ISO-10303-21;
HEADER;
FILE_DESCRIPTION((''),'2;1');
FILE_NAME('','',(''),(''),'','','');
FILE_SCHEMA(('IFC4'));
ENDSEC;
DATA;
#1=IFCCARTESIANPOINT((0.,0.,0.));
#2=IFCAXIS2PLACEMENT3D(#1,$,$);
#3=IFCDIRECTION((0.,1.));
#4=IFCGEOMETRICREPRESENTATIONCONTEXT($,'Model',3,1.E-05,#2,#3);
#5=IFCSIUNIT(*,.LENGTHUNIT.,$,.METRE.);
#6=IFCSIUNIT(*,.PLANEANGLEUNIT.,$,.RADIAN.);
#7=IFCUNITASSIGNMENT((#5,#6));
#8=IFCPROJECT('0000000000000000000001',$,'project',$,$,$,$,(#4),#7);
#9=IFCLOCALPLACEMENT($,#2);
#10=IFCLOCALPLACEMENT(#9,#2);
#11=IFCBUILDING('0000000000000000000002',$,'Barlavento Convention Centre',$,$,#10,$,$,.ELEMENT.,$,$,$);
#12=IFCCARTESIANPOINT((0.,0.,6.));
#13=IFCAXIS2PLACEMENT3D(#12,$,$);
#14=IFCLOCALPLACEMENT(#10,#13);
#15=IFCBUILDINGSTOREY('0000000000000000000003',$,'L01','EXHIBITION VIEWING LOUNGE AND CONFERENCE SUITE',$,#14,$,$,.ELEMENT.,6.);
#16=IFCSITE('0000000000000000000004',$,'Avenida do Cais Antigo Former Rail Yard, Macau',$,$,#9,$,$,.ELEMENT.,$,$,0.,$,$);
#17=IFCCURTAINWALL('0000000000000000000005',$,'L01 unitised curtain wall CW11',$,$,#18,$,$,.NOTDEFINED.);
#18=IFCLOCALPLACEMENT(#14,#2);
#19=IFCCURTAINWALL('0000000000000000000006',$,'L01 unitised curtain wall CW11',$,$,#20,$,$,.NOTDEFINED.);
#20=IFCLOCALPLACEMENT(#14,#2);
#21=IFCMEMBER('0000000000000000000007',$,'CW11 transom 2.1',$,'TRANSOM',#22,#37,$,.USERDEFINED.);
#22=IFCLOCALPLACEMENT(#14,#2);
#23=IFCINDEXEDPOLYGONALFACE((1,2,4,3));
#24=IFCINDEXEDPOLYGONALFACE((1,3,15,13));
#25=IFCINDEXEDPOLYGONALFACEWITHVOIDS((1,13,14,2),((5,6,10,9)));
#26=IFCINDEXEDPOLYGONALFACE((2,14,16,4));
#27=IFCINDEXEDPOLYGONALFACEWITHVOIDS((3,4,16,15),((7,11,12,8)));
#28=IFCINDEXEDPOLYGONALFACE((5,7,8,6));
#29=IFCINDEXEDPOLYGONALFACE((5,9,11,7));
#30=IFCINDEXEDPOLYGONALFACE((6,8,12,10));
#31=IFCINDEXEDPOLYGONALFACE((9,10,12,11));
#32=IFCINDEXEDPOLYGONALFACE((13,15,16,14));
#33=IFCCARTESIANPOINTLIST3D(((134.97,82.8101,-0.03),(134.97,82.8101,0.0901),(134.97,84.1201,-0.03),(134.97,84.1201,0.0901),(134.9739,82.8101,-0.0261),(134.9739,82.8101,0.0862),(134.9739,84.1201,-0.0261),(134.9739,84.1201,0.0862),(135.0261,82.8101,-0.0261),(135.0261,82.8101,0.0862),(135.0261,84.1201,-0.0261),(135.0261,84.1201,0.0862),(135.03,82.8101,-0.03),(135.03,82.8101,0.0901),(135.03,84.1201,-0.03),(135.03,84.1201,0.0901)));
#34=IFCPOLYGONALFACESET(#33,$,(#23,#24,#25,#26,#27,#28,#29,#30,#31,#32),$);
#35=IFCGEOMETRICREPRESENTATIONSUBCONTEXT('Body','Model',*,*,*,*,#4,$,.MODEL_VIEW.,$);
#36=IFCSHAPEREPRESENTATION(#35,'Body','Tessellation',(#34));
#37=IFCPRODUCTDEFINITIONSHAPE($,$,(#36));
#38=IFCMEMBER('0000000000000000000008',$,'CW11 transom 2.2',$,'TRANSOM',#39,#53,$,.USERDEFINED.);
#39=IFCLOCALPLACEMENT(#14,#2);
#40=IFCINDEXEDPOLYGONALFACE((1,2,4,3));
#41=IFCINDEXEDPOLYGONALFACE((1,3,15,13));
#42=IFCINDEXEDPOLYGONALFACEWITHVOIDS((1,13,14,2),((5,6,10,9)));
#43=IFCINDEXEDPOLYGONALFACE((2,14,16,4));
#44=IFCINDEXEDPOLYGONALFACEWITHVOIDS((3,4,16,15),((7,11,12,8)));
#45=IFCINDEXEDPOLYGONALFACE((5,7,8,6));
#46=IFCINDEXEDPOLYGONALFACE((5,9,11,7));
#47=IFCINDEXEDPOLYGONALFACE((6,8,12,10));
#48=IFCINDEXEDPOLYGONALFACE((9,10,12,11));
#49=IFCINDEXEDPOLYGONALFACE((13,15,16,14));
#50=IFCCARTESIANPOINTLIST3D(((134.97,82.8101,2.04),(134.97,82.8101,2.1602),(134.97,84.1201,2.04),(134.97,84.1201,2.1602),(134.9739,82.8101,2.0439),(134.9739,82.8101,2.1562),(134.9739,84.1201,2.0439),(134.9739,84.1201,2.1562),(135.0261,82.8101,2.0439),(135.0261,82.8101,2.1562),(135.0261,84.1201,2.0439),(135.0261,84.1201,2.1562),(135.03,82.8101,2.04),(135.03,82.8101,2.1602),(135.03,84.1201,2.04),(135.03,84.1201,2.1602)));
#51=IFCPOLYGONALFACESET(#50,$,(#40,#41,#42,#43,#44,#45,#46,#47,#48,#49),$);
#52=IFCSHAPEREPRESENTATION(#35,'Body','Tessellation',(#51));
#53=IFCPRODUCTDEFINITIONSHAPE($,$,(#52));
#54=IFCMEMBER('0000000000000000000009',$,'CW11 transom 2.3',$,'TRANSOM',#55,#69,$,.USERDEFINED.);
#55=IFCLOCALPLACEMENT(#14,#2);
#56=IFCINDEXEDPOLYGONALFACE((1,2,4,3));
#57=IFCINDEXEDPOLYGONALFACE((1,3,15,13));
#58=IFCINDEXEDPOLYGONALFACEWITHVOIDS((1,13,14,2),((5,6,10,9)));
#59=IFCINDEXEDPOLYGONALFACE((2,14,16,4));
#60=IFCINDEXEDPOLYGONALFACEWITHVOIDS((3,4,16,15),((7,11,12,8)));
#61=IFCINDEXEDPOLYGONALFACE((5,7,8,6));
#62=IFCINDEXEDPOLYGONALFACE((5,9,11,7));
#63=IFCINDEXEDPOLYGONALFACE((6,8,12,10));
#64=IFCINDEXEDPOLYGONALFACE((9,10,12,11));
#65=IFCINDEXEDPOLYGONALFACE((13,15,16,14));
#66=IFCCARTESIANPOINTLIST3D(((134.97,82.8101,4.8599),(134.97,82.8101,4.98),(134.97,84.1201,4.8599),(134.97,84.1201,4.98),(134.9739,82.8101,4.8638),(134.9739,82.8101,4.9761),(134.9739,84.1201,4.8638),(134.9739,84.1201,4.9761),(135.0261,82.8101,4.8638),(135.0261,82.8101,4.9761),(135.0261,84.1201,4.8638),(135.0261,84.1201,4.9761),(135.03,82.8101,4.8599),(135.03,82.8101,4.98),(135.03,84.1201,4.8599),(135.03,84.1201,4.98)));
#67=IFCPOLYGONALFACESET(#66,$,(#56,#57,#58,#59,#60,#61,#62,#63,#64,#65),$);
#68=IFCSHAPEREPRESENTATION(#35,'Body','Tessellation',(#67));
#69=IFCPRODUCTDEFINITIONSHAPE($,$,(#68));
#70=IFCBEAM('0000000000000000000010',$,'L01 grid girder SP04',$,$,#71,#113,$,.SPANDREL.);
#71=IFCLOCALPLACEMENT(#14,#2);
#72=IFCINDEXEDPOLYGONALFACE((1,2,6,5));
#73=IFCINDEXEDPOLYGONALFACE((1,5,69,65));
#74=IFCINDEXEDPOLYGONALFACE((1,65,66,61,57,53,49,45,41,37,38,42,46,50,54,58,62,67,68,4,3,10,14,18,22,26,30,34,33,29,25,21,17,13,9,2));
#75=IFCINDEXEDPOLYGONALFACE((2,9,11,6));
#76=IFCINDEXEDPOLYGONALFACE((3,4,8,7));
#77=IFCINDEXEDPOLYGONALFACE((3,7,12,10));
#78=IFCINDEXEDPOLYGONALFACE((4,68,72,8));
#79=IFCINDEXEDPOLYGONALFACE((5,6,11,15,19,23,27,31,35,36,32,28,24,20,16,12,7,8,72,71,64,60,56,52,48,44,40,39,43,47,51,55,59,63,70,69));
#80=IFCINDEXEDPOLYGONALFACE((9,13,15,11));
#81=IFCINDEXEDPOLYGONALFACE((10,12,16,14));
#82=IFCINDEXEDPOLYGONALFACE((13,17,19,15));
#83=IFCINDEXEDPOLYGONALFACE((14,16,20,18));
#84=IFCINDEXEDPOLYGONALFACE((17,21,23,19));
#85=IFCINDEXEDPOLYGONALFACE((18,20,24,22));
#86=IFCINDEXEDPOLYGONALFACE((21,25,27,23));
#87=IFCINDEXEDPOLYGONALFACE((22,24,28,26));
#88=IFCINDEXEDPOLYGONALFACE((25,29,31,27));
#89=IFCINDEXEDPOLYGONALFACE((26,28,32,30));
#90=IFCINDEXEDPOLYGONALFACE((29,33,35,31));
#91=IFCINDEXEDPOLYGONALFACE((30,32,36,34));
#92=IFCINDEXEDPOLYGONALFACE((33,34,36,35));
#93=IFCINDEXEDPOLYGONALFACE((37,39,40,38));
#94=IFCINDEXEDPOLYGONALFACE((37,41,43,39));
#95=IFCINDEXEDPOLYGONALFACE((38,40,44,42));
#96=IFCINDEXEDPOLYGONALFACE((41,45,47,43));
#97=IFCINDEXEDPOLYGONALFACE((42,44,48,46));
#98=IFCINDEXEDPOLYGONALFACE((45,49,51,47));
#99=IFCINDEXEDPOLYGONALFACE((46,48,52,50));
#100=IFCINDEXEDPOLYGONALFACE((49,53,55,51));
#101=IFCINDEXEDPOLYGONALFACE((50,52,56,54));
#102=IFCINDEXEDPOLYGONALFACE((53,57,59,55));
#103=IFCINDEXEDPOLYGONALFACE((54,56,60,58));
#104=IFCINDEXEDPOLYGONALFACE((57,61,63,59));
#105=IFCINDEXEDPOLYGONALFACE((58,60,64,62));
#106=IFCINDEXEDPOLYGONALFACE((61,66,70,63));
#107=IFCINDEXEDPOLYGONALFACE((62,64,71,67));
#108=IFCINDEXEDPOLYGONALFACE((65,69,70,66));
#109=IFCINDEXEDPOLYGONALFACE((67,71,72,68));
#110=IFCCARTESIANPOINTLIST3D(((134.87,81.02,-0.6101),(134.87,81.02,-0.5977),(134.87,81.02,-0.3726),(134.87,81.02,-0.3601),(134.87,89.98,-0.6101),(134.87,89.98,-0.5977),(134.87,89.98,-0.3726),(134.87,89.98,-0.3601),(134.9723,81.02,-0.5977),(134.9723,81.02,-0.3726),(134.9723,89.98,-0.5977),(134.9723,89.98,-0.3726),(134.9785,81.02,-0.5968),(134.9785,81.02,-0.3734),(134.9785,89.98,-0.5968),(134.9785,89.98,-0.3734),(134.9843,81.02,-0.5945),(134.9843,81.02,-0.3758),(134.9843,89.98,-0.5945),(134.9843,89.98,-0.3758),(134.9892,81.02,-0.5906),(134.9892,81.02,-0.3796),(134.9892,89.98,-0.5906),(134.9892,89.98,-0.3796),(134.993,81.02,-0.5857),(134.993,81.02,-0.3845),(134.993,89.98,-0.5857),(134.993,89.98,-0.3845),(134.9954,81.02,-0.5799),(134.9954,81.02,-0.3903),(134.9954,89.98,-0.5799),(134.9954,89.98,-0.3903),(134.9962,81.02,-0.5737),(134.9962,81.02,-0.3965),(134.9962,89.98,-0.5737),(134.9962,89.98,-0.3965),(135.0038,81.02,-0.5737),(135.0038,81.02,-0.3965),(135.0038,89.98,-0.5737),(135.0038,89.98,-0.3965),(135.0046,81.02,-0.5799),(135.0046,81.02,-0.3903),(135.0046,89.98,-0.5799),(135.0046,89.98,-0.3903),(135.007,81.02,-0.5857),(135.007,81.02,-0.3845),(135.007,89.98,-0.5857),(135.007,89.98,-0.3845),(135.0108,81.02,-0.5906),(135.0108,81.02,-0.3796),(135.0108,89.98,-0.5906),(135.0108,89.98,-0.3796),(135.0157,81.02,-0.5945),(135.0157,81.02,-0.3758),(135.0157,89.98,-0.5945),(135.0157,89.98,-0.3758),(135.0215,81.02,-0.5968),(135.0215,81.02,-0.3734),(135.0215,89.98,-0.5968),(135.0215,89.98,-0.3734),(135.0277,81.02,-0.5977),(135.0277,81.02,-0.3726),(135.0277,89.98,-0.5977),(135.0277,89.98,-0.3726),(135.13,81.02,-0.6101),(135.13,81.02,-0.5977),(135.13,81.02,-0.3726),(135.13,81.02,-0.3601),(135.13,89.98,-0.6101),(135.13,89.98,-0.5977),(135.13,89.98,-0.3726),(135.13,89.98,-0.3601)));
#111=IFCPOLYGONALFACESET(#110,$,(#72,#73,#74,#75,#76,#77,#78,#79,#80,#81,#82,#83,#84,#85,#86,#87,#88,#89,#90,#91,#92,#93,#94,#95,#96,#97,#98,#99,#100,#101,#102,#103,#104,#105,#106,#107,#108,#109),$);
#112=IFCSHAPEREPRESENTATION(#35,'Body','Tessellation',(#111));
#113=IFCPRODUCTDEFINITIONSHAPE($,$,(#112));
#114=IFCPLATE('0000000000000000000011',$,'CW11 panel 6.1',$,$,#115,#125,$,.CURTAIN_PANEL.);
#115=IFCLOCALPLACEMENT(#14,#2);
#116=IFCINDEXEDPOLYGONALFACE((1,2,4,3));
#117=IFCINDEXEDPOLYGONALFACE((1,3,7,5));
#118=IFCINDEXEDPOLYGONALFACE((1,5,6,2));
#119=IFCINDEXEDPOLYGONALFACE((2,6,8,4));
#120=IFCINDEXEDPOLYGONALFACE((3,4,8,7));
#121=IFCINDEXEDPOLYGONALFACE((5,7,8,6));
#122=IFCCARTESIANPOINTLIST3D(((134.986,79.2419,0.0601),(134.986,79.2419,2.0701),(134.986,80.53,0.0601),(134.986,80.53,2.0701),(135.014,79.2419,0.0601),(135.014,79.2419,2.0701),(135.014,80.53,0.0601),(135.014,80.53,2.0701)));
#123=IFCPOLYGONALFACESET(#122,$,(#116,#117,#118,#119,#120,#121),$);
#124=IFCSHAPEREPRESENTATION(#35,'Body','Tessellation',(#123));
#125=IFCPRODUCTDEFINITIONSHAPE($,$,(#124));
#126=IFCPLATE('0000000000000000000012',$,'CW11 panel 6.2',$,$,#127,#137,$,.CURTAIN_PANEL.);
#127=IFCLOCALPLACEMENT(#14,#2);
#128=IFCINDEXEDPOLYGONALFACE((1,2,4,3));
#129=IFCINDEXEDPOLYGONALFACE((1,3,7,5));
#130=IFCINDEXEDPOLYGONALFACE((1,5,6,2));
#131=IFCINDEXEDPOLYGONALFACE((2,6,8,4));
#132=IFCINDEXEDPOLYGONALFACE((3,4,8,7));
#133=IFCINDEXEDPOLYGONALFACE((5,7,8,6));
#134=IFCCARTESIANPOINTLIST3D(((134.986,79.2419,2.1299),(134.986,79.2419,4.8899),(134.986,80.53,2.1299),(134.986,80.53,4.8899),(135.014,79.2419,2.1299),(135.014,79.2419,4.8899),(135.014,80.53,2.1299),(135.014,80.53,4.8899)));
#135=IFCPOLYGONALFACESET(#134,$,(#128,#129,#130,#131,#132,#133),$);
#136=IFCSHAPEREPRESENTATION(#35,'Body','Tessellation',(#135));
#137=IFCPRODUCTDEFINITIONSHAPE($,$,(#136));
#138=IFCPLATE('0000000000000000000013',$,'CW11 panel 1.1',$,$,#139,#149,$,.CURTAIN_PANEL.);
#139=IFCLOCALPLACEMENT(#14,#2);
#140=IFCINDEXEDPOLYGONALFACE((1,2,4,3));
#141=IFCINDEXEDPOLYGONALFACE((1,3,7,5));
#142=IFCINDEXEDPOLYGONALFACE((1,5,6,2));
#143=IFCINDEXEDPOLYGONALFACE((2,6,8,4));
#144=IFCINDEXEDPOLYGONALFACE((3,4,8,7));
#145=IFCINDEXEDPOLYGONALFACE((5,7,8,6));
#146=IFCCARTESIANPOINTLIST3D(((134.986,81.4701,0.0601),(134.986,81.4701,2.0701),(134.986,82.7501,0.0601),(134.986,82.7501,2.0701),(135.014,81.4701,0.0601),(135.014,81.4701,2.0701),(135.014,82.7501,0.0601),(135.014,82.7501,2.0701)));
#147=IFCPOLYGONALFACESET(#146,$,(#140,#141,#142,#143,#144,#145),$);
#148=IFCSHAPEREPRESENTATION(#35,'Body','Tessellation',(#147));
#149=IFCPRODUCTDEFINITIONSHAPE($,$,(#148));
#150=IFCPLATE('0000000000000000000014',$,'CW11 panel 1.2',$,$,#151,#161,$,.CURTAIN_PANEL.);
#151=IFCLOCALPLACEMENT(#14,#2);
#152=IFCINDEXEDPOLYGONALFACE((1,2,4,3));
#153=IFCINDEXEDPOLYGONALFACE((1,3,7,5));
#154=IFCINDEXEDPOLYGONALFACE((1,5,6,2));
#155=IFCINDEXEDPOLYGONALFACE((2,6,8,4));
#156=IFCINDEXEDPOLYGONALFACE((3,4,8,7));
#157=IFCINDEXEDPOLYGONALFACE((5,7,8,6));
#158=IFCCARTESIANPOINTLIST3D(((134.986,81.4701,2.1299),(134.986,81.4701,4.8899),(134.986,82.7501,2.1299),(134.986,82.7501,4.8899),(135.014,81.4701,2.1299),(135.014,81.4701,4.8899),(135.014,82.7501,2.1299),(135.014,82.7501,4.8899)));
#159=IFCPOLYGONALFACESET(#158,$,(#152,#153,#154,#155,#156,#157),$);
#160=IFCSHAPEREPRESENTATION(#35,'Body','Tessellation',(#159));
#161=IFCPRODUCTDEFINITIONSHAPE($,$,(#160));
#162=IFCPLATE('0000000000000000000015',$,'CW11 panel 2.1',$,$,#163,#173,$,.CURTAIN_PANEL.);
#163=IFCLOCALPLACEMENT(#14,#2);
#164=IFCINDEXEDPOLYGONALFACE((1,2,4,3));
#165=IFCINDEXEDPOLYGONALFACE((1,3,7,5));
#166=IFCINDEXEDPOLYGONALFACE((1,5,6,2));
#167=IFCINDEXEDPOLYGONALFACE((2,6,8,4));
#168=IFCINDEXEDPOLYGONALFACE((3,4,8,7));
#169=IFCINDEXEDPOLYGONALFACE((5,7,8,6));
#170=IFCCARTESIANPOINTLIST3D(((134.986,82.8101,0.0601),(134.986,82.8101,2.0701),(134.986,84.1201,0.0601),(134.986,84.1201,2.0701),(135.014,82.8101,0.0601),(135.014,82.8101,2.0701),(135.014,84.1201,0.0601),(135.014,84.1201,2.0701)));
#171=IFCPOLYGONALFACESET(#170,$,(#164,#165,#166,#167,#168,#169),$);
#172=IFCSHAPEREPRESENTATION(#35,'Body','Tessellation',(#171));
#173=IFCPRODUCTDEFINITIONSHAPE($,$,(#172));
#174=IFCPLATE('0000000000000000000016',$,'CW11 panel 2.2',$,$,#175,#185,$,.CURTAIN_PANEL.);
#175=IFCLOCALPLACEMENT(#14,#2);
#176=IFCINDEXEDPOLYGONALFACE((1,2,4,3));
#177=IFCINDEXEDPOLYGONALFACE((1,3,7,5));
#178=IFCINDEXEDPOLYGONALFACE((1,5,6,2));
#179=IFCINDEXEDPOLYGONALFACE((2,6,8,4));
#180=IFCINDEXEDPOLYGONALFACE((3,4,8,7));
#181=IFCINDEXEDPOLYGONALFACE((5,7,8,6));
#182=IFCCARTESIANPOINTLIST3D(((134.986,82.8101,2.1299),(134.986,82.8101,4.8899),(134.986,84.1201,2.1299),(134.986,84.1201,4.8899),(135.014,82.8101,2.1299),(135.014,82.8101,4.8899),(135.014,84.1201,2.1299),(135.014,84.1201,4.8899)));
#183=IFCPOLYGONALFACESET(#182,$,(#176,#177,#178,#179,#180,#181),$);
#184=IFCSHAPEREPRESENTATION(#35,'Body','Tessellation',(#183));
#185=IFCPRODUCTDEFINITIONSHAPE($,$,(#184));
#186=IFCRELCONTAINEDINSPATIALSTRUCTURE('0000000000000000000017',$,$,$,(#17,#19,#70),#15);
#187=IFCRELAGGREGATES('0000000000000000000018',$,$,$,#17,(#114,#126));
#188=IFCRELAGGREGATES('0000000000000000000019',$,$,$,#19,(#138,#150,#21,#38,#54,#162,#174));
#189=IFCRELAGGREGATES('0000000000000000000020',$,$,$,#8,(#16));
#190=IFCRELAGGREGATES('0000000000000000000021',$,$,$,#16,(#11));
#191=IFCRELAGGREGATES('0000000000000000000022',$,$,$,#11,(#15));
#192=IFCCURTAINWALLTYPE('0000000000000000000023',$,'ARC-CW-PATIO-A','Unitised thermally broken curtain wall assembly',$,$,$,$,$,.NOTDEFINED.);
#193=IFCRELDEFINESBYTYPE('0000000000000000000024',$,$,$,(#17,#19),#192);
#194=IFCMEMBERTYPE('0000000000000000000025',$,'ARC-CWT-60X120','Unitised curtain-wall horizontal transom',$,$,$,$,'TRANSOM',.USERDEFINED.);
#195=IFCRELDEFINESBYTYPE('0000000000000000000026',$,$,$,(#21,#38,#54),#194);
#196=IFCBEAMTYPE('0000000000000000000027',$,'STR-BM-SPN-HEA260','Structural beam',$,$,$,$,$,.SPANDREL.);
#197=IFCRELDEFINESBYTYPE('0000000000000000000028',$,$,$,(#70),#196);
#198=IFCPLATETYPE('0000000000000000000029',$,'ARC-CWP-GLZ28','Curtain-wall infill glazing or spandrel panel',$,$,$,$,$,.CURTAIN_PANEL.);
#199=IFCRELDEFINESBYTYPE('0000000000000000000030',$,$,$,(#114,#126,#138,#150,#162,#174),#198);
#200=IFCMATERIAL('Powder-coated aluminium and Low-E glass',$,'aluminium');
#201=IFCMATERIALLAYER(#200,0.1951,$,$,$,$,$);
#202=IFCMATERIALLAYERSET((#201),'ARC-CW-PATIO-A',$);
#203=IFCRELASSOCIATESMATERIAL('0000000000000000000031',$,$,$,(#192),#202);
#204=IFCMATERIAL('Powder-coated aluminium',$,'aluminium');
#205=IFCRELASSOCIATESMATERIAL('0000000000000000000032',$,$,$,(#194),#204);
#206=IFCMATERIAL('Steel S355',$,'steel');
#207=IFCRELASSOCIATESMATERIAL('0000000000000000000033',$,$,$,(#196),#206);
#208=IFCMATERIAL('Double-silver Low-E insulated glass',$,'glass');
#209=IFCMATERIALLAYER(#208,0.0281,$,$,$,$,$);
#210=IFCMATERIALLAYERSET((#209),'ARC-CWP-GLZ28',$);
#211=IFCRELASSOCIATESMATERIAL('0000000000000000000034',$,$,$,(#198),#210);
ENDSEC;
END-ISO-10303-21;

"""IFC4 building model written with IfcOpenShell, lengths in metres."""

from ifc_helpers import new_model, si_unit, direction, frame, origin, origin_2d, place, context, subcontext, project, spatial, rectangle, hollow_rectangle, i_section, extrude, material, layer, layer_set, material_profile, profile_set, type_object, element, aggregate, save


model = new_model("IFC4")

# Units and contexts
model_context = context("Model", 3, precision=1e-05, world=origin(), true_north=direction((0.0, 1.0)))
body_context = subcontext(model_context, "Body", "Model", "MODEL_VIEW")
ifc_project = project(units=[si_unit("LENGTHUNIT", "METRE"), si_unit("PLANEANGLEUNIT", "RADIAN")], contexts=[model_context])

# Site, building, storey
site_placement = place(None, origin())
site = spatial("IfcSite", under=ifc_project, at=site_placement, Name="Avenida do Cais Antigo Former Rail Yard, Macau", CompositionType="ELEMENT", RefElevation=0.0)
building_placement = place(site_placement, origin())
building = spatial("IfcBuilding", under=site, at=building_placement, Name="Barlavento Convention Centre", CompositionType="ELEMENT")
storey_placement = place(building_placement, frame((0.0, 0.0, 6.0)))
storey = spatial("IfcBuildingStorey", under=building, at=storey_placement, Name="L01", Description="EXHIBITION VIEWING LOUNGE AND CONFERENCE SUITE", CompositionType="ELEMENT", Elevation=6.0)

# Curtain walls
ifc_material_1 = material(Name="Powder-coated aluminium and Low-E glass", Category="aluminium")
ifc_layer_1 = layer(ifc_material_1, 0.1951)
ifc_layer_set_1 = layer_set([ifc_layer_1], Name="ARC-CW-PATIO-A")
curtain_wall_type = type_object("IfcCurtainWallType", Name="ARC-CW-PATIO-A", Description="Unitised thermally broken curtain wall assembly", PredefinedType="NOTDEFINED", material=ifc_layer_set_1)
curtain_wall_1_placement = place(storey_placement, origin())
curtain_wall_1 = element("IfcCurtainWall", 1, at=curtain_wall_1_placement, inside=storey, type_object=curtain_wall_type, Name="L01 unitised curtain wall CW11", PredefinedType="NOTDEFINED")
ifc_material_2 = material(Name="Powder-coated aluminium", Category="aluminium")
curtain_wall_2_placement = place(storey_placement, origin())
curtain_wall_2 = element("IfcCurtainWall", 2, at=curtain_wall_2_placement, inside=storey, type_object=curtain_wall_type, Name="L01 unitised curtain wall CW11", PredefinedType="NOTDEFINED")

# Members
ifc_material_profile_1 = material_profile(ifc_material_2, hollow_rectangle(XDim=0.0601, YDim=0.1201, WallThickness=0.0039, at=origin_2d()), Name="AL-TRAN 60x120x4")
ifc_profile_set_1 = profile_set([ifc_material_profile_1], Name="Powder-coated aluminium")
member_type_1 = type_object("IfcMemberType", Name="ARC-CWT-60X120", Description="Unitised curtain-wall horizontal transom", ElementType="TRANSOM", PredefinedType="USERDEFINED", material=ifc_profile_set_1)
member_1_placement = place(storey_placement, frame((135.0, 82.8101, 0.03), z_axis=(0.0, 1.0, 0.0), x_axis=(-1.0, 0.0, 0.0)))
member_1 = element("IfcMember", 3, at=member_1_placement, type_object=member_type_1, Name="CW11 transom 2.1", ObjectType="TRANSOM", PredefinedType="USERDEFINED", context=body_context, shape_type="SweptSolid", body=[
    extrude(hollow_rectangle(XDim=0.0601, YDim=0.1201, WallThickness=0.0039, at=origin_2d()), origin(), (0.0, 0.0, 1.0), 1.3101),
])
member_2_placement = place(storey_placement, frame((135.0, 82.8101, 2.1001), z_axis=(0.0, 1.0, 0.0), x_axis=(-1.0, 0.0, 0.0)))
member_2 = element("IfcMember", 4, at=member_2_placement, type_object=member_type_1, Name="CW11 transom 2.2", ObjectType="TRANSOM", PredefinedType="USERDEFINED", context=body_context, shape_type="SweptSolid", body=[
    extrude(hollow_rectangle(XDim=0.0601, YDim=0.1201, WallThickness=0.0039, at=origin_2d()), origin(), (0.0, 0.0, 1.0), 1.3101),
])
member_3_placement = place(storey_placement, frame((135.0, 82.8101, 4.9199), z_axis=(0.0, 1.0, 0.0), x_axis=(-1.0, 0.0, 0.0)))
member_3 = element("IfcMember", 5, at=member_3_placement, type_object=member_type_1, Name="CW11 transom 2.3", ObjectType="TRANSOM", PredefinedType="USERDEFINED", context=body_context, shape_type="SweptSolid", body=[
    extrude(hollow_rectangle(XDim=0.0601, YDim=0.1201, WallThickness=0.0039, at=origin_2d()), origin(), (0.0, 0.0, 1.0), 1.3101),
])

# Beam
ifc_material_3 = material(Name="Steel S355", Category="steel")
ifc_material_profile_2 = material_profile(ifc_material_3, i_section(OverallWidth=0.26, OverallDepth=0.25, WebThickness=0.0076, FlangeThickness=0.0125, FilletRadius=0.0239, at=origin_2d()), Name="HEA 260")
ifc_profile_set_2 = profile_set([ifc_material_profile_2], Name="Steel S355")
beam_type = type_object("IfcBeamType", Name="STR-BM-SPN-HEA260", Description="Structural beam", PredefinedType="SPANDREL", material=ifc_profile_set_2)
beam_placement = place(storey_placement, frame((135.0, 81.02, -0.4851), z_axis=(0.0, 1.0, 0.0), x_axis=(-1.0, 0.0, 0.0)))
element("IfcBeam", 6, at=beam_placement, inside=storey, type_object=beam_type, Name="L01 grid girder SP04", PredefinedType="SPANDREL", context=body_context, shape_type="SweptSolid", body=[
    extrude(i_section(OverallWidth=0.26, OverallDepth=0.25, WebThickness=0.0076, FlangeThickness=0.0125, FilletRadius=0.0239, at=origin_2d()), origin(), (0.0, 0.0, 1.0), 8.96),
])

# Plates
ifc_material_4 = material(Name="Double-silver Low-E insulated glass", Category="glass")
ifc_layer_2 = layer(ifc_material_4, 0.0281)
ifc_layer_set_2 = layer_set([ifc_layer_2], Name="ARC-CWP-GLZ28")
plate_type = type_object("IfcPlateType", Name="ARC-CWP-GLZ28", Description="Curtain-wall infill glazing or spandrel panel", PredefinedType="CURTAIN_PANEL", material=ifc_layer_set_2)
plate_1_placement = place(storey_placement, frame((135.0, 79.886, 0.0601), z_axis=(0.0, 0.0, 1.0), x_axis=(0.0, 1.0, 0.0)))
plate_1 = element("IfcPlate", 7, at=plate_1_placement, type_object=plate_type, Name="CW11 panel 6.1", PredefinedType="CURTAIN_PANEL", context=body_context, shape_type="SweptSolid", body=[
    extrude(rectangle(XDim=1.2881, YDim=0.0281, at=origin_2d()), origin(), (0.0, 0.0, 1.0), 2.01),
])
plate_2_placement = place(storey_placement, frame((135.0, 79.886, 2.1299), z_axis=(0.0, 0.0, 1.0), x_axis=(0.0, 1.0, 0.0)))
plate_2 = element("IfcPlate", 8, at=plate_2_placement, type_object=plate_type, Name="CW11 panel 6.2", PredefinedType="CURTAIN_PANEL", context=body_context, shape_type="SweptSolid", body=[
    extrude(rectangle(XDim=1.2881, YDim=0.0281, at=origin_2d()), origin(), (0.0, 0.0, 1.0), 2.76),
])
aggregate(curtain_wall_1, [plate_1, plate_2])
plate_3_placement = place(storey_placement, frame((135.0, 82.1101, 0.0601), z_axis=(0.0, 0.0, 1.0), x_axis=(0.0, 1.0, 0.0)))
plate_3 = element("IfcPlate", 9, at=plate_3_placement, type_object=plate_type, Name="CW11 panel 1.1", PredefinedType="CURTAIN_PANEL", context=body_context, shape_type="SweptSolid", body=[
    extrude(rectangle(XDim=1.28, YDim=0.0281, at=origin_2d()), origin(), (0.0, 0.0, 1.0), 2.01),
])
plate_4_placement = place(storey_placement, frame((135.0, 82.1101, 2.1299), z_axis=(0.0, 0.0, 1.0), x_axis=(0.0, 1.0, 0.0)))
plate_4 = element("IfcPlate", 10, at=plate_4_placement, type_object=plate_type, Name="CW11 panel 1.2", PredefinedType="CURTAIN_PANEL", context=body_context, shape_type="SweptSolid", body=[
    extrude(rectangle(XDim=1.28, YDim=0.0281, at=origin_2d()), origin(), (0.0, 0.0, 1.0), 2.76),
])
plate_5_placement = place(storey_placement, frame((135.0, 83.4651, 0.0601), z_axis=(0.0, 0.0, 1.0), x_axis=(0.0, 1.0, 0.0)))
plate_5 = element("IfcPlate", 11, at=plate_5_placement, type_object=plate_type, Name="CW11 panel 2.1", PredefinedType="CURTAIN_PANEL", context=body_context, shape_type="SweptSolid", body=[
    extrude(rectangle(XDim=1.3101, YDim=0.0281, at=origin_2d()), origin(), (0.0, 0.0, 1.0), 2.01),
])
plate_6_placement = place(storey_placement, frame((135.0, 83.4651, 2.1299), z_axis=(0.0, 0.0, 1.0), x_axis=(0.0, 1.0, 0.0)))
plate_6 = element("IfcPlate", 12, at=plate_6_placement, type_object=plate_type, Name="CW11 panel 2.2", PredefinedType="CURTAIN_PANEL", context=body_context, shape_type="SweptSolid", body=[
    extrude(rectangle(XDim=1.3101, YDim=0.0281, at=origin_2d()), origin(), (0.0, 0.0, 1.0), 2.76),
])
aggregate(curtain_wall_2, [plate_3, plate_4, member_1, member_2, member_3, plate_5, plate_6])

save(model, "model.ifc")
